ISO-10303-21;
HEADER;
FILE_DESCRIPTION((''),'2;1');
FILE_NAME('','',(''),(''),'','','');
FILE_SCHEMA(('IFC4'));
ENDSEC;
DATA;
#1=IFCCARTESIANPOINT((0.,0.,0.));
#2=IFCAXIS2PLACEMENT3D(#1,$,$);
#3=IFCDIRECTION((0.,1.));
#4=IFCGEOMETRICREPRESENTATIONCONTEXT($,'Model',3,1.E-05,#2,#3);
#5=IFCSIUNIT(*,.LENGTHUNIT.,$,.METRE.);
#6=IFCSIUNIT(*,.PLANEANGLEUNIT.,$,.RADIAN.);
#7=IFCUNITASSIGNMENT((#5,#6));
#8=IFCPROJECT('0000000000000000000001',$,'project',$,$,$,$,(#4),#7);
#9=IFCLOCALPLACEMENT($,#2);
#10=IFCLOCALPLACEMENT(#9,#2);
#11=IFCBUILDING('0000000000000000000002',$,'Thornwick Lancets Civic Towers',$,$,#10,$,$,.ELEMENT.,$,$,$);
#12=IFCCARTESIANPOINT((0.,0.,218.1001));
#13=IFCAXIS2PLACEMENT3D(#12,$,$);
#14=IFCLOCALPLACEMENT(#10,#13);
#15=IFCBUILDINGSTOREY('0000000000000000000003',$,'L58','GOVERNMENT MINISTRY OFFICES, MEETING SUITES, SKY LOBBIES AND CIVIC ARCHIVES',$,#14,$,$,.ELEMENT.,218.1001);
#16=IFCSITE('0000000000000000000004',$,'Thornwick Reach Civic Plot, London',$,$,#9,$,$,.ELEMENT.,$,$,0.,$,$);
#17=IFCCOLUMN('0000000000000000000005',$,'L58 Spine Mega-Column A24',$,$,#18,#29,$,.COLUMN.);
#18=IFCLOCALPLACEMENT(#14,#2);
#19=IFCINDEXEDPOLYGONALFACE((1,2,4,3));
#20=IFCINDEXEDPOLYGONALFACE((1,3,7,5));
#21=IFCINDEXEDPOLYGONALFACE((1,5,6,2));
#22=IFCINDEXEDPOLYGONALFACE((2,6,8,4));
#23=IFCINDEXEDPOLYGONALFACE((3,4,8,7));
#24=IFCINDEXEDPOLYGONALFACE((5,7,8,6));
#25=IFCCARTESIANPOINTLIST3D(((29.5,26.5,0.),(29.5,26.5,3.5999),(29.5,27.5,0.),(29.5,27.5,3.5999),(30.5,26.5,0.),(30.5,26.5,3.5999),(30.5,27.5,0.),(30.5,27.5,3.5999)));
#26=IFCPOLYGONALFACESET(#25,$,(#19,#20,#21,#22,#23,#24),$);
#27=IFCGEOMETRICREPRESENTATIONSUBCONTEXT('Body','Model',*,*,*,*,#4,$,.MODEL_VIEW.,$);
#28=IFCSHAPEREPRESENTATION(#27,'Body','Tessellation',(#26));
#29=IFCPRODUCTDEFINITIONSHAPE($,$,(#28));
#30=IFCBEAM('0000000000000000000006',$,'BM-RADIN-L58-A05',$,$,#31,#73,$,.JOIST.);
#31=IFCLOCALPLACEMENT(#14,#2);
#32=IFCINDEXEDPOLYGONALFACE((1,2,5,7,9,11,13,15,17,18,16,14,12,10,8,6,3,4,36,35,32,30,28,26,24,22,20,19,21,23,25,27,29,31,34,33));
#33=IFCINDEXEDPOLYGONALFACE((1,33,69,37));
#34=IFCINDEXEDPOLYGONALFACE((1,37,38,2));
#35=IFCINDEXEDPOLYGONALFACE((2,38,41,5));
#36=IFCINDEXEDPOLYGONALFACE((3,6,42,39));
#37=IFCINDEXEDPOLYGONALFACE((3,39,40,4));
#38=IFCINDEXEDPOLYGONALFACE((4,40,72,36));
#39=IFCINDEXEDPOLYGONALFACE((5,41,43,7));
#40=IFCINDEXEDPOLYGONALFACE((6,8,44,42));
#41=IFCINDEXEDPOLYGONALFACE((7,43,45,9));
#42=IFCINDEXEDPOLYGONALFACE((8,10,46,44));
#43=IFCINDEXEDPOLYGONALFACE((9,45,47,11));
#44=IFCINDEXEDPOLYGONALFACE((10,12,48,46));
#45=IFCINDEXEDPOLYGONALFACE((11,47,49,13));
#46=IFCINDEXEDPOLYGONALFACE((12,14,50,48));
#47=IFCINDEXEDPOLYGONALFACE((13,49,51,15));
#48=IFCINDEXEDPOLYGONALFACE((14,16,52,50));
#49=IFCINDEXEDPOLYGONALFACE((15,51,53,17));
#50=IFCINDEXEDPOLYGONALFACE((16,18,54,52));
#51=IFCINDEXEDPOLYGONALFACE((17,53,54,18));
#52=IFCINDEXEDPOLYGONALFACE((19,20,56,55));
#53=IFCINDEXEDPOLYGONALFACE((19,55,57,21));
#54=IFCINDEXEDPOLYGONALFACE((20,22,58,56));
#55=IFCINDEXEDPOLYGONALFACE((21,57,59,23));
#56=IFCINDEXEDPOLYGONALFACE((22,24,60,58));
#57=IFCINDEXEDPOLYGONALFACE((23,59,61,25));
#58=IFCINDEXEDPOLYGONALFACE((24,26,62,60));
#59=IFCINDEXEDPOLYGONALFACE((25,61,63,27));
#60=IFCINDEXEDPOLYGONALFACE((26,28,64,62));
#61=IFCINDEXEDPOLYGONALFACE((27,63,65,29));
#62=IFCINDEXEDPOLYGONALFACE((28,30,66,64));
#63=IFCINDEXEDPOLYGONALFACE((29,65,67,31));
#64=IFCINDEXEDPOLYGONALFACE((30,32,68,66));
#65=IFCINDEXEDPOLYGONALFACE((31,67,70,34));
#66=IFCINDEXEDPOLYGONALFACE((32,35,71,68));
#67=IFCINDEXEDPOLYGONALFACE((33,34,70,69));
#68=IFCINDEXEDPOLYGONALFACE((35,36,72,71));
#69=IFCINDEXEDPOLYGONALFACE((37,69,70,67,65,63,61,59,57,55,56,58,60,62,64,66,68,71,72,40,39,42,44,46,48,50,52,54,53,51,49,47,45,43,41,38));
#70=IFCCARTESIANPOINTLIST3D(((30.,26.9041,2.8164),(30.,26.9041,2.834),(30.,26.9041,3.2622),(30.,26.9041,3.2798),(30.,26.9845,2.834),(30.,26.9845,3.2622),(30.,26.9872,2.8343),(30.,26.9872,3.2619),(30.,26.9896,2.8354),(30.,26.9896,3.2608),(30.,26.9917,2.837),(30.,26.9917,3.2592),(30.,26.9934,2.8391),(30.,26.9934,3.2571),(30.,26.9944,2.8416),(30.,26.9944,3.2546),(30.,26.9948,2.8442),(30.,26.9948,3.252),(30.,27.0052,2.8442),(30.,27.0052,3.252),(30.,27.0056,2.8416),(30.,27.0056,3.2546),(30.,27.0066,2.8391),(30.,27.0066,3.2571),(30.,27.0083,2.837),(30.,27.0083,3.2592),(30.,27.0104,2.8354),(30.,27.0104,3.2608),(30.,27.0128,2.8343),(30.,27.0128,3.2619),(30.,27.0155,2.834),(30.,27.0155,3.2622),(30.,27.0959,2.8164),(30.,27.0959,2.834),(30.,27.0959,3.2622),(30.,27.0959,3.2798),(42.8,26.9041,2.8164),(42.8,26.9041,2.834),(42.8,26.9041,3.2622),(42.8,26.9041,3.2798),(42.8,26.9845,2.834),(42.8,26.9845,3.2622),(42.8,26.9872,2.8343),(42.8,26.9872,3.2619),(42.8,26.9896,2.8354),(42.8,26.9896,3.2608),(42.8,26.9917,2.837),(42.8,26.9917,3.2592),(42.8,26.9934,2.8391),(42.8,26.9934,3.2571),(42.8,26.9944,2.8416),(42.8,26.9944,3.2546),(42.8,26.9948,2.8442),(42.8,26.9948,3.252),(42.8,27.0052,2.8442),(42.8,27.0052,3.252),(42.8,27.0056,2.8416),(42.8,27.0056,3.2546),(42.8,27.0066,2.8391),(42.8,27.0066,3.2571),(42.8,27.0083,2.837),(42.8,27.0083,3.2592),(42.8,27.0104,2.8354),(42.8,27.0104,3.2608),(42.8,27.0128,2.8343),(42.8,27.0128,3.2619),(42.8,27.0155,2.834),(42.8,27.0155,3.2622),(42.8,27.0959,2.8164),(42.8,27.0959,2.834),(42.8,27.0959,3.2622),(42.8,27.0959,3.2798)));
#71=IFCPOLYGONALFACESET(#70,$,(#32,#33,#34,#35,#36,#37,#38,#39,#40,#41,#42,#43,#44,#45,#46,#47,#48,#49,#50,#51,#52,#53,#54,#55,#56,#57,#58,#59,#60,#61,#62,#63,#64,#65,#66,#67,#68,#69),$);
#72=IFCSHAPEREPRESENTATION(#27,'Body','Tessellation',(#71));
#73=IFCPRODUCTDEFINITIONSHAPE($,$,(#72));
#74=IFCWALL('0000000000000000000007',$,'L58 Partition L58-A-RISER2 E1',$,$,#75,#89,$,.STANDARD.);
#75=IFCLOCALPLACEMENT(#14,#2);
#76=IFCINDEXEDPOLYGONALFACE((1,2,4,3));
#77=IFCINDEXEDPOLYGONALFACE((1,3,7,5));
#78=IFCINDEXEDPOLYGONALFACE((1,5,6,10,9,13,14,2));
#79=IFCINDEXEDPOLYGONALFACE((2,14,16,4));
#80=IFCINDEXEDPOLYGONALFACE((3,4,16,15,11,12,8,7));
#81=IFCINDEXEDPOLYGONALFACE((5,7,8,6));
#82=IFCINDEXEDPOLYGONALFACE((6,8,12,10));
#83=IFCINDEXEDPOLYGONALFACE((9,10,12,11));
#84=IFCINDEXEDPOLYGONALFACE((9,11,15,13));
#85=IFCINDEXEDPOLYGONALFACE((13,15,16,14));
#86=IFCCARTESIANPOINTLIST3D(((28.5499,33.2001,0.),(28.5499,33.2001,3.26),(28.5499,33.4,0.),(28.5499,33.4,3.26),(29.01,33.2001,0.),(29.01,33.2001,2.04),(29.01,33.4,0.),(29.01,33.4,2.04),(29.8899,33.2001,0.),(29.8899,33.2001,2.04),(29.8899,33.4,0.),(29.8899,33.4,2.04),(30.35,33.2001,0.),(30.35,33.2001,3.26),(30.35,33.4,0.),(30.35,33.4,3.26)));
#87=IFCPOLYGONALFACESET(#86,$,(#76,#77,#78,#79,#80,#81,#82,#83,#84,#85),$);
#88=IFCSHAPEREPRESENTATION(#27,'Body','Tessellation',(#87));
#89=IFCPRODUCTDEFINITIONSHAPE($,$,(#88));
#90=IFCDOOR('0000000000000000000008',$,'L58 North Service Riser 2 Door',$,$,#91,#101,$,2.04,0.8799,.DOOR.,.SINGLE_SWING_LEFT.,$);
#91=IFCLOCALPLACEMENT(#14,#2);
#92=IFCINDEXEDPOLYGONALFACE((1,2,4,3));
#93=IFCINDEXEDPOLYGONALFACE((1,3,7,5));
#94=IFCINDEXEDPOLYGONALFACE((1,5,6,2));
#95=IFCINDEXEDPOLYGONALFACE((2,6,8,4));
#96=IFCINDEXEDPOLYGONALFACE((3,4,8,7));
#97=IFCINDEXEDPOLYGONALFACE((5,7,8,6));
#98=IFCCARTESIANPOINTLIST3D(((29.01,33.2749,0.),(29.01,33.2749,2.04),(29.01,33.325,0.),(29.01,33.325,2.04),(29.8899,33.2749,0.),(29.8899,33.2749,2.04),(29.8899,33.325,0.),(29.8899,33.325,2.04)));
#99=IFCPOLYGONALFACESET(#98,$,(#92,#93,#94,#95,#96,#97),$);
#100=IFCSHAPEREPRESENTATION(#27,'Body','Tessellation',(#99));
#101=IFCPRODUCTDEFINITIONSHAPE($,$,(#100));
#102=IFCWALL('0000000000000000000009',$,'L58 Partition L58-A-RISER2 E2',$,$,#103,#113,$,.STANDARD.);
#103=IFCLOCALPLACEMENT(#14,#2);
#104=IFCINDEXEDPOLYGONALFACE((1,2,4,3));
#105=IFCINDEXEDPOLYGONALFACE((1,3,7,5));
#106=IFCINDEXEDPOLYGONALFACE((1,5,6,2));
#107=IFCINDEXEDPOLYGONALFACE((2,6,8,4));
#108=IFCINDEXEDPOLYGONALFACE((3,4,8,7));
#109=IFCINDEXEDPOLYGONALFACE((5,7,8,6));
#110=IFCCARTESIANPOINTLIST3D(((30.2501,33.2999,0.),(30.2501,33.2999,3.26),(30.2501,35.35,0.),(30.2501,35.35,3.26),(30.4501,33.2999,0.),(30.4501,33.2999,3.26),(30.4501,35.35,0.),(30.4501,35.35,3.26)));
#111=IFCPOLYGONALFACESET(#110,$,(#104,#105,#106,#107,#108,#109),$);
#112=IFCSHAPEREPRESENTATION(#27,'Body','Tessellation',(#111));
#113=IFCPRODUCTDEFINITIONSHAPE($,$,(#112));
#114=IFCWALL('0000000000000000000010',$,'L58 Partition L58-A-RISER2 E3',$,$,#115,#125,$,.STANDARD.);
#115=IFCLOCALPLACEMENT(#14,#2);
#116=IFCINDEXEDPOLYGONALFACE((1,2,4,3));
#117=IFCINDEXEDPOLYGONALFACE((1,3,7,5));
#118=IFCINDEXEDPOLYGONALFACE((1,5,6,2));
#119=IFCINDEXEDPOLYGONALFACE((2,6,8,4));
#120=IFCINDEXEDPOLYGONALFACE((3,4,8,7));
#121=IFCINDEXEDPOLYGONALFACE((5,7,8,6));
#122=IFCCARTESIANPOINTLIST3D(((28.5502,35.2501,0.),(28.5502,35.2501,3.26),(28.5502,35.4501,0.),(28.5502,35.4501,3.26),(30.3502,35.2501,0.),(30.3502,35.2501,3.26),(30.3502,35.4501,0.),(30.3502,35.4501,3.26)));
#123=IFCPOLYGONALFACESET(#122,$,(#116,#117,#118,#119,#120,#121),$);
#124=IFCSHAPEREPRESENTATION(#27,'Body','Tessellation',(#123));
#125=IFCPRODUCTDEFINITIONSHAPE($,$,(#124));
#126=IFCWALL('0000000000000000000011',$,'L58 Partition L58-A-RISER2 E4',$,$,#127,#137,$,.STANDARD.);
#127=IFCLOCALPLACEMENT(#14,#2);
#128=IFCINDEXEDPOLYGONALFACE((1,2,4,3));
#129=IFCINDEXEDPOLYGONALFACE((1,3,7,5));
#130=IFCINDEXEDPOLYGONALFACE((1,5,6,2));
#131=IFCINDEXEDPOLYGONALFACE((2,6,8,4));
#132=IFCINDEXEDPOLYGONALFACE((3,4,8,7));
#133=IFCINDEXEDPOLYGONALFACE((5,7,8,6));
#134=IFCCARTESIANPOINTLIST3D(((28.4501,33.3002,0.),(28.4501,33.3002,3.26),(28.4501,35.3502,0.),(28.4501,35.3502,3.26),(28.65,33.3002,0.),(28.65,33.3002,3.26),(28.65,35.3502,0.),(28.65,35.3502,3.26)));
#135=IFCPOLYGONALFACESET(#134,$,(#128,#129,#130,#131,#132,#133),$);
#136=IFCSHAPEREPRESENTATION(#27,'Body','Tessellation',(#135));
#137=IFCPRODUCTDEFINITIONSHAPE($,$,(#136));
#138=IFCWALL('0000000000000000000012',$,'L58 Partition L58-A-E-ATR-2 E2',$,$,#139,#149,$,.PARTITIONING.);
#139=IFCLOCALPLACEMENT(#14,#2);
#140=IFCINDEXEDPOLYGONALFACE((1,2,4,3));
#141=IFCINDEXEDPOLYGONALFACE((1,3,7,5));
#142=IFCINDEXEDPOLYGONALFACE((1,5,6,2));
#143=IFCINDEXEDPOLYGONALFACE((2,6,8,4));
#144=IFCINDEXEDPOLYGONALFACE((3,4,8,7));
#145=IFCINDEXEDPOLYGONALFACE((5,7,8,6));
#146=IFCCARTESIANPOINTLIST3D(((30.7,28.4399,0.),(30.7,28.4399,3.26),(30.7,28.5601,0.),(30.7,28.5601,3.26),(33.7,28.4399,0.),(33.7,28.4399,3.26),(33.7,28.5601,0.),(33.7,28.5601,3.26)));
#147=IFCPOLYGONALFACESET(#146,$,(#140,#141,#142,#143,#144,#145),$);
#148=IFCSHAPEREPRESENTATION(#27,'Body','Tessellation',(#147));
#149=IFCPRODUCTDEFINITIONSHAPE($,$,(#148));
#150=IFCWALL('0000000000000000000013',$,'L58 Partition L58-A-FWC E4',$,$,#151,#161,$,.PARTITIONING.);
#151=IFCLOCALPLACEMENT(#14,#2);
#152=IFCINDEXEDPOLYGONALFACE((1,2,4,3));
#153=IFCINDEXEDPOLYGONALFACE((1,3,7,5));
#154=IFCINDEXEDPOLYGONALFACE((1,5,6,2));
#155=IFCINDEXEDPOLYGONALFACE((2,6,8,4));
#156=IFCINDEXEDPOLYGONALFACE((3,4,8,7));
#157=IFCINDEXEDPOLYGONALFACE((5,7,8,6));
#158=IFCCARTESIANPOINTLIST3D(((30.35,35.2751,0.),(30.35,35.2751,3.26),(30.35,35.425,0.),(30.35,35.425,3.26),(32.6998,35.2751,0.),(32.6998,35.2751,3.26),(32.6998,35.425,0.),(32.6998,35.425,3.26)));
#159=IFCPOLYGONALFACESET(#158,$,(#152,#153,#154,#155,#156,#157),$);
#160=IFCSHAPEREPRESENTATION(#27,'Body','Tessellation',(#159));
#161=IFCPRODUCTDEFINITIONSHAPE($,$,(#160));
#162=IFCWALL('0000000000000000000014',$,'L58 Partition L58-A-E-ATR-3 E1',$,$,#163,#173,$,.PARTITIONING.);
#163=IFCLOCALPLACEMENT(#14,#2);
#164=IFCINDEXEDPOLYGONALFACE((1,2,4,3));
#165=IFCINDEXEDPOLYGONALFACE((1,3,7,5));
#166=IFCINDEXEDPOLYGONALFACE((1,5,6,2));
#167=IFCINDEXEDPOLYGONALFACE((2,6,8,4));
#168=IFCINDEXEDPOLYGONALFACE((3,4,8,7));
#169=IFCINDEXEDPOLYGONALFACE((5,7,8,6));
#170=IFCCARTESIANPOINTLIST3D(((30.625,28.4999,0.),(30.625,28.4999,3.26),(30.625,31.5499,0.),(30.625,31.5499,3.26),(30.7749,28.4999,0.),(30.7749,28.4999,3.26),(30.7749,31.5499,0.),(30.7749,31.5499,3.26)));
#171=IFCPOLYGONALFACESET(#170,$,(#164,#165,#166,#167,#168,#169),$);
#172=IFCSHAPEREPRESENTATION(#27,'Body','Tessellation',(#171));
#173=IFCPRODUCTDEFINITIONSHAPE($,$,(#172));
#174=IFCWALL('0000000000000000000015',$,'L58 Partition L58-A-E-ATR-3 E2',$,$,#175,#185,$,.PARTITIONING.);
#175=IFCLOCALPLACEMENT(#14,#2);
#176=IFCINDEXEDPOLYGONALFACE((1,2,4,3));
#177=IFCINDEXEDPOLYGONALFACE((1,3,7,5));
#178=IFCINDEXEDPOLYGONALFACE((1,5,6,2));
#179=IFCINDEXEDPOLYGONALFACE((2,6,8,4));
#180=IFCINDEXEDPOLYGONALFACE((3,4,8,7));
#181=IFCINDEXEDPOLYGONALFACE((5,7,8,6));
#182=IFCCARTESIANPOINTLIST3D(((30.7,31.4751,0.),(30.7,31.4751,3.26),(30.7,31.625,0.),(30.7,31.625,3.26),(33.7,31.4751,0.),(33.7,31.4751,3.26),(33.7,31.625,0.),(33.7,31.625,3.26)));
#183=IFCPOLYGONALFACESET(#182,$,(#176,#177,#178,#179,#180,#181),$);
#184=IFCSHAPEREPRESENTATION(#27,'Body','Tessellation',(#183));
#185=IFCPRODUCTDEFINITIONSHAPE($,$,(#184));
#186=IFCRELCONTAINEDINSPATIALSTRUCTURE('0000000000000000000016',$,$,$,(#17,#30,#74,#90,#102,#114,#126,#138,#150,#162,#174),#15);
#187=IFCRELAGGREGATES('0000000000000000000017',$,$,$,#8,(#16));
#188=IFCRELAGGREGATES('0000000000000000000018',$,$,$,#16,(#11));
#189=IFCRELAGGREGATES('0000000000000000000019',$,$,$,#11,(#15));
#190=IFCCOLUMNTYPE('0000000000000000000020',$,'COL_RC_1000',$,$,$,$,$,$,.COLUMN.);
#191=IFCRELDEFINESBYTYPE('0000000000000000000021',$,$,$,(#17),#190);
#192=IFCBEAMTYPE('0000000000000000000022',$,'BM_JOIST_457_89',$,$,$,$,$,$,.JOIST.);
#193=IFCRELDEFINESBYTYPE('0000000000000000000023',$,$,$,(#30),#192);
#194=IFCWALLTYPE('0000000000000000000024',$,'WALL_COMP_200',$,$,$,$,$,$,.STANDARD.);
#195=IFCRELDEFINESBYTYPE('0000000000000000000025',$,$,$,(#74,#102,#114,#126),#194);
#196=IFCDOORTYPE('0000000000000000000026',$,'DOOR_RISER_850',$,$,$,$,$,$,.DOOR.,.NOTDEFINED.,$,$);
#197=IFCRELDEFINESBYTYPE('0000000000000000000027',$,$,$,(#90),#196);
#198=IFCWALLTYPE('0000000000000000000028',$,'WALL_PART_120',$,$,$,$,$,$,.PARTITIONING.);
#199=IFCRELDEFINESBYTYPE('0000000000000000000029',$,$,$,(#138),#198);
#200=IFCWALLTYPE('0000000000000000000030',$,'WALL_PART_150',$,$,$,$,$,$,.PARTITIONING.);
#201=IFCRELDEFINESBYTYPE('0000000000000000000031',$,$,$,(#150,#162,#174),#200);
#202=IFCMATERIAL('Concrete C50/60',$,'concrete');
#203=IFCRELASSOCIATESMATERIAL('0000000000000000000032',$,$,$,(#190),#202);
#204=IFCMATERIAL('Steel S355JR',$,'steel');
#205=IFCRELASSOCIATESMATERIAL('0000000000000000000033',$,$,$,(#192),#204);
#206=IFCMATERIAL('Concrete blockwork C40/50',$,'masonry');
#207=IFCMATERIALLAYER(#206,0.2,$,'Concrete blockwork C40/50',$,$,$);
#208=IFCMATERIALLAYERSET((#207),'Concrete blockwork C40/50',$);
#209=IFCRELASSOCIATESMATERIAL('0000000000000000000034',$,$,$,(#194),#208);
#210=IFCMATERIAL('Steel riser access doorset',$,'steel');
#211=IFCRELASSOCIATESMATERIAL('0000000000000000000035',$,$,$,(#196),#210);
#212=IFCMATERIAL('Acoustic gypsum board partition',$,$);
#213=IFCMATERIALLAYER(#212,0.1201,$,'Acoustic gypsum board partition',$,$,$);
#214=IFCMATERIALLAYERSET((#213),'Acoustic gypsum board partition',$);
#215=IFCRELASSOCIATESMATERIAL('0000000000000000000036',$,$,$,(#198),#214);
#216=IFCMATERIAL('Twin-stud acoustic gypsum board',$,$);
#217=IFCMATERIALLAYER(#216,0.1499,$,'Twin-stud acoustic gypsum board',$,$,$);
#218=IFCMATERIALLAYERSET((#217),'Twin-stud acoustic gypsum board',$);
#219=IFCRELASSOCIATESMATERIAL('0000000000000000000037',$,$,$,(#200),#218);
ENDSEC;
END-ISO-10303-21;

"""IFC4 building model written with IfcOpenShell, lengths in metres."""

from ifc_helpers import new_model, si_unit, direction, frame, frame_2d, origin, origin_2d, place, context, subcontext, project, spatial, rectangle, i_section, extrude, material, layer, layer_set, material_profile, profile_set, type_object, element, fill, save


model = new_model("IFC4")

# Units and contexts
model_context = context("Model", 3, precision=1e-05, world=origin(), true_north=direction((0.0, 1.0)))
body_context = subcontext(model_context, "Body", "Model", "MODEL_VIEW")
ifc_project = project(units=[si_unit("LENGTHUNIT", "METRE"), si_unit("PLANEANGLEUNIT", "RADIAN")], contexts=[model_context])

# Site, building, storey
site_placement = place(None, origin())
site = spatial("IfcSite", under=ifc_project, at=site_placement, Name="Thornwick Reach Civic Plot, London", CompositionType="ELEMENT", RefElevation=0.0)
building_placement = place(site_placement, origin())
building = spatial("IfcBuilding", under=site, at=building_placement, Name="Thornwick Lancets Civic Towers", CompositionType="ELEMENT")
storey_placement = place(building_placement, frame((0.0, 0.0, 218.1001)))
storey = spatial("IfcBuildingStorey", under=building, at=storey_placement, Name="L58", Description="GOVERNMENT MINISTRY OFFICES, MEETING SUITES, SKY LOBBIES AND CIVIC ARCHIVES", CompositionType="ELEMENT", Elevation=218.1001)

# Column
ifc_material_1 = material(Name="Concrete C50/60", Category="concrete")
ifc_material_profile_1 = material_profile(ifc_material_1, rectangle(XDim=1.0, YDim=1.0, at=origin_2d()), Name="RC 1000x1000")
ifc_profile_set_1 = profile_set([ifc_material_profile_1], Name="Concrete C50/60")
column_type = type_object("IfcColumnType", Name="COL_RC_1000", PredefinedType="COLUMN", material=ifc_profile_set_1)
column_placement = place(storey_placement, frame((30.0, 27.0, 0.0), z_axis=(0.0, 0.0, 1.0), x_axis=(1.0, 0.0, 0.0)))
element("IfcColumn", 1, at=column_placement, inside=storey, type_object=column_type, Name="L58 Spine Mega-Column A24", PredefinedType="COLUMN", context=body_context, shape_type="SweptSolid", body=[
    extrude(rectangle(XDim=1.0, YDim=1.0, at=origin_2d()), origin(), (0.0, 0.0, 1.0), 3.5999),
])

# Beam
ifc_material_2 = material(Name="Steel S355JR", Category="steel")
ifc_material_profile_2 = material_profile(ifc_material_2, i_section(OverallWidth=0.1919, OverallDepth=0.4634, WebThickness=0.0105, FlangeThickness=0.0176, FilletRadius=0.0103, at=origin_2d()), Name="UKB 457x191x89")
ifc_profile_set_2 = profile_set([ifc_material_profile_2], Name="Steel S355JR")
beam_type = type_object("IfcBeamType", Name="BM_JOIST_457_89", PredefinedType="JOIST", material=ifc_profile_set_2)
beam_placement = place(storey_placement, frame((30.0, 27.0, 3.0481), z_axis=(1.0, 0.0, 0.0), x_axis=(0.0, 1.0, 0.0)))
element("IfcBeam", 2, at=beam_placement, inside=storey, type_object=beam_type, Name="BM-RADIN-L58-A05", PredefinedType="JOIST", context=body_context, shape_type="SweptSolid", body=[
    extrude(i_section(OverallWidth=0.1919, OverallDepth=0.4634, WebThickness=0.0105, FlangeThickness=0.0176, FilletRadius=0.0103, at=origin_2d()), origin(), (0.0, 0.0, 1.0), 12.8),
])

# Wall, opening, door
ifc_material_3 = material(Name="Concrete blockwork C40/50", Category="masonry")
ifc_layer_1 = layer(ifc_material_3, 0.2, Name="Concrete blockwork C40/50")
ifc_layer_set_1 = layer_set([ifc_layer_1], Name="Concrete blockwork C40/50")
wall_type_1 = type_object("IfcWallType", Name="WALL_COMP_200", PredefinedType="STANDARD", material=ifc_layer_set_1)
wall_1_placement = place(storey_placement, frame((28.55, 33.3, 0.0), z_axis=(0.0, 0.0, 1.0), x_axis=(1.0, 0.0, 0.0)))
wall_1 = element("IfcWall", 3, at=wall_1_placement, inside=storey, type_object=wall_type_1, Name="L58 Partition L58-A-RISER2 E1", PredefinedType="STANDARD", context=body_context, shape_type="SweptSolid", body=[
    extrude(rectangle(XDim=1.8, YDim=0.2, at=frame_2d((0.8999, 0.0))), origin(), (0.0, 0.0, 1.0), 3.26),
])
opening_placement = place(wall_1_placement, frame((0.46, 0.0, 0.0)))
opening = element("IfcOpeningElement", 4, at=opening_placement, cuts=wall_1, PredefinedType="OPENING", context=body_context, shape_type="SweptSolid", body=[
    extrude(rectangle(XDim=0.8799, YDim=2.04, at=frame_2d((0.4399, 1.02))), frame((0.0, 0.1099, 0.0), z_axis=(0.0, -1.0, 0.0), x_axis=(1.0, 0.0, 0.0)), (0.0, 0.0, 1.0), 0.22),
])
ifc_material_4 = material(Name="Steel riser access doorset", Category="steel")
door_type = type_object("IfcDoorType", Name="DOOR_RISER_850", OperationType="NOTDEFINED", PredefinedType="DOOR", material=ifc_material_4)
door_placement = place(opening_placement, origin())
door = element("IfcDoor", 5, at=door_placement, inside=storey, type_object=door_type, Name="L58 North Service Riser 2 Door", OperationType="SINGLE_SWING_LEFT", OverallHeight=2.04, OverallWidth=0.8799, PredefinedType="DOOR", context=body_context, shape_type="SweptSolid", body=[
    extrude(rectangle(XDim=0.8799, YDim=2.04, at=frame_2d((0.4399, 1.02))), frame((0.0, 0.0249, 0.0), z_axis=(0.0, -1.0, 0.0), x_axis=(1.0, 0.0, 0.0)), (0.0, 0.0, 1.0), 0.05),
])
fill(opening, door)

# Walls
wall_2_placement = place(storey_placement, frame((30.3501, 33.3, 0.0), z_axis=(0.0, 0.0, 1.0), x_axis=(0.0, 1.0, 0.0)))
element("IfcWall", 6, at=wall_2_placement, inside=storey, type_object=wall_type_1, Name="L58 Partition L58-A-RISER2 E2", PredefinedType="STANDARD", context=body_context, shape_type="SweptSolid", body=[
    extrude(rectangle(XDim=2.05, YDim=0.2, at=frame_2d((1.0249, 0.0))), origin(), (0.0, 0.0, 1.0), 3.26),
])
wall_3_placement = place(storey_placement, frame((30.3501, 35.3501, 0.0), z_axis=(0.0, 0.0, 1.0), x_axis=(-1.0, 0.0, 0.0)))
element("IfcWall", 7, at=wall_3_placement, inside=storey, type_object=wall_type_1, Name="L58 Partition L58-A-RISER2 E3", PredefinedType="STANDARD", context=body_context, shape_type="SweptSolid", body=[
    extrude(rectangle(XDim=1.8, YDim=0.2, at=frame_2d((0.8999, 0.0))), origin(), (0.0, 0.0, 1.0), 3.26),
])
wall_4_placement = place(storey_placement, frame((28.55, 35.3501, 0.0), z_axis=(0.0, 0.0, 1.0), x_axis=(0.0, -1.0, 0.0)))
element("IfcWall", 8, at=wall_4_placement, inside=storey, type_object=wall_type_1, Name="L58 Partition L58-A-RISER2 E4", PredefinedType="STANDARD", context=body_context, shape_type="SweptSolid", body=[
    extrude(rectangle(XDim=2.05, YDim=0.2, at=frame_2d((1.0249, 0.0))), origin(), (0.0, 0.0, 1.0), 3.26),
])
ifc_material_5 = material(Name="Acoustic gypsum board partition")
ifc_layer_2 = layer(ifc_material_5, 0.1201, Name="Acoustic gypsum board partition")
ifc_layer_set_2 = layer_set([ifc_layer_2], Name="Acoustic gypsum board partition")
wall_type_2 = type_object("IfcWallType", Name="WALL_PART_120", PredefinedType="PARTITIONING", material=ifc_layer_set_2)
wall_5_placement = place(storey_placement, frame((30.7, 28.5, 0.0), z_axis=(0.0, 0.0, 1.0), x_axis=(1.0, 0.0, 0.0)))
element("IfcWall", 9, at=wall_5_placement, inside=storey, type_object=wall_type_2, Name="L58 Partition L58-A-E-ATR-2 E2", PredefinedType="PARTITIONING", context=body_context, shape_type="SweptSolid", body=[
    extrude(rectangle(XDim=3.0, YDim=0.1201, at=frame_2d((1.5, 0.0))), origin(), (0.0, 0.0, 1.0), 3.26),
])
ifc_material_6 = material(Name="Twin-stud acoustic gypsum board")
ifc_layer_3 = layer(ifc_material_6, 0.1499, Name="Twin-stud acoustic gypsum board")
ifc_layer_set_3 = layer_set([ifc_layer_3], Name="Twin-stud acoustic gypsum board")
wall_type_3 = type_object("IfcWallType", Name="WALL_PART_150", PredefinedType="PARTITIONING", material=ifc_layer_set_3)
wall_6_placement = place(storey_placement, frame((30.3501, 35.3501, 0.0), z_axis=(0.0, 0.0, 1.0), x_axis=(1.0, 0.0, 0.0)))
element("IfcWall", 10, at=wall_6_placement, inside=storey, type_object=wall_type_3, Name="L58 Partition L58-A-FWC E4", PredefinedType="PARTITIONING", context=body_context, shape_type="SweptSolid", body=[
    extrude(rectangle(XDim=2.3499, YDim=0.1499, at=frame_2d((1.1748, 0.0))), origin(), (0.0, 0.0, 1.0), 3.26),
])
wall_7_placement = place(storey_placement, frame((30.7, 28.5, 0.0), z_axis=(0.0, 0.0, 1.0), x_axis=(0.0, 1.0, 0.0)))
element("IfcWall", 11, at=wall_7_placement, inside=storey, type_object=wall_type_3, Name="L58 Partition L58-A-E-ATR-3 E1", PredefinedType="PARTITIONING", context=body_context, shape_type="SweptSolid", body=[
    extrude(rectangle(XDim=3.05, YDim=0.1499, at=frame_2d((1.5249, 0.0))), origin(), (0.0, 0.0, 1.0), 3.26),
])
wall_8_placement = place(storey_placement, frame((30.7, 31.55, 0.0), z_axis=(0.0, 0.0, 1.0), x_axis=(1.0, 0.0, 0.0)))
element("IfcWall", 12, at=wall_8_placement, inside=storey, type_object=wall_type_3, Name="L58 Partition L58-A-E-ATR-3 E2", PredefinedType="PARTITIONING", context=body_context, shape_type="SweptSolid", body=[
    extrude(rectangle(XDim=3.0, YDim=0.1499, at=frame_2d((1.5, 0.0))), origin(), (0.0, 0.0, 1.0), 3.26),
])

save(model, "model.ifc")
